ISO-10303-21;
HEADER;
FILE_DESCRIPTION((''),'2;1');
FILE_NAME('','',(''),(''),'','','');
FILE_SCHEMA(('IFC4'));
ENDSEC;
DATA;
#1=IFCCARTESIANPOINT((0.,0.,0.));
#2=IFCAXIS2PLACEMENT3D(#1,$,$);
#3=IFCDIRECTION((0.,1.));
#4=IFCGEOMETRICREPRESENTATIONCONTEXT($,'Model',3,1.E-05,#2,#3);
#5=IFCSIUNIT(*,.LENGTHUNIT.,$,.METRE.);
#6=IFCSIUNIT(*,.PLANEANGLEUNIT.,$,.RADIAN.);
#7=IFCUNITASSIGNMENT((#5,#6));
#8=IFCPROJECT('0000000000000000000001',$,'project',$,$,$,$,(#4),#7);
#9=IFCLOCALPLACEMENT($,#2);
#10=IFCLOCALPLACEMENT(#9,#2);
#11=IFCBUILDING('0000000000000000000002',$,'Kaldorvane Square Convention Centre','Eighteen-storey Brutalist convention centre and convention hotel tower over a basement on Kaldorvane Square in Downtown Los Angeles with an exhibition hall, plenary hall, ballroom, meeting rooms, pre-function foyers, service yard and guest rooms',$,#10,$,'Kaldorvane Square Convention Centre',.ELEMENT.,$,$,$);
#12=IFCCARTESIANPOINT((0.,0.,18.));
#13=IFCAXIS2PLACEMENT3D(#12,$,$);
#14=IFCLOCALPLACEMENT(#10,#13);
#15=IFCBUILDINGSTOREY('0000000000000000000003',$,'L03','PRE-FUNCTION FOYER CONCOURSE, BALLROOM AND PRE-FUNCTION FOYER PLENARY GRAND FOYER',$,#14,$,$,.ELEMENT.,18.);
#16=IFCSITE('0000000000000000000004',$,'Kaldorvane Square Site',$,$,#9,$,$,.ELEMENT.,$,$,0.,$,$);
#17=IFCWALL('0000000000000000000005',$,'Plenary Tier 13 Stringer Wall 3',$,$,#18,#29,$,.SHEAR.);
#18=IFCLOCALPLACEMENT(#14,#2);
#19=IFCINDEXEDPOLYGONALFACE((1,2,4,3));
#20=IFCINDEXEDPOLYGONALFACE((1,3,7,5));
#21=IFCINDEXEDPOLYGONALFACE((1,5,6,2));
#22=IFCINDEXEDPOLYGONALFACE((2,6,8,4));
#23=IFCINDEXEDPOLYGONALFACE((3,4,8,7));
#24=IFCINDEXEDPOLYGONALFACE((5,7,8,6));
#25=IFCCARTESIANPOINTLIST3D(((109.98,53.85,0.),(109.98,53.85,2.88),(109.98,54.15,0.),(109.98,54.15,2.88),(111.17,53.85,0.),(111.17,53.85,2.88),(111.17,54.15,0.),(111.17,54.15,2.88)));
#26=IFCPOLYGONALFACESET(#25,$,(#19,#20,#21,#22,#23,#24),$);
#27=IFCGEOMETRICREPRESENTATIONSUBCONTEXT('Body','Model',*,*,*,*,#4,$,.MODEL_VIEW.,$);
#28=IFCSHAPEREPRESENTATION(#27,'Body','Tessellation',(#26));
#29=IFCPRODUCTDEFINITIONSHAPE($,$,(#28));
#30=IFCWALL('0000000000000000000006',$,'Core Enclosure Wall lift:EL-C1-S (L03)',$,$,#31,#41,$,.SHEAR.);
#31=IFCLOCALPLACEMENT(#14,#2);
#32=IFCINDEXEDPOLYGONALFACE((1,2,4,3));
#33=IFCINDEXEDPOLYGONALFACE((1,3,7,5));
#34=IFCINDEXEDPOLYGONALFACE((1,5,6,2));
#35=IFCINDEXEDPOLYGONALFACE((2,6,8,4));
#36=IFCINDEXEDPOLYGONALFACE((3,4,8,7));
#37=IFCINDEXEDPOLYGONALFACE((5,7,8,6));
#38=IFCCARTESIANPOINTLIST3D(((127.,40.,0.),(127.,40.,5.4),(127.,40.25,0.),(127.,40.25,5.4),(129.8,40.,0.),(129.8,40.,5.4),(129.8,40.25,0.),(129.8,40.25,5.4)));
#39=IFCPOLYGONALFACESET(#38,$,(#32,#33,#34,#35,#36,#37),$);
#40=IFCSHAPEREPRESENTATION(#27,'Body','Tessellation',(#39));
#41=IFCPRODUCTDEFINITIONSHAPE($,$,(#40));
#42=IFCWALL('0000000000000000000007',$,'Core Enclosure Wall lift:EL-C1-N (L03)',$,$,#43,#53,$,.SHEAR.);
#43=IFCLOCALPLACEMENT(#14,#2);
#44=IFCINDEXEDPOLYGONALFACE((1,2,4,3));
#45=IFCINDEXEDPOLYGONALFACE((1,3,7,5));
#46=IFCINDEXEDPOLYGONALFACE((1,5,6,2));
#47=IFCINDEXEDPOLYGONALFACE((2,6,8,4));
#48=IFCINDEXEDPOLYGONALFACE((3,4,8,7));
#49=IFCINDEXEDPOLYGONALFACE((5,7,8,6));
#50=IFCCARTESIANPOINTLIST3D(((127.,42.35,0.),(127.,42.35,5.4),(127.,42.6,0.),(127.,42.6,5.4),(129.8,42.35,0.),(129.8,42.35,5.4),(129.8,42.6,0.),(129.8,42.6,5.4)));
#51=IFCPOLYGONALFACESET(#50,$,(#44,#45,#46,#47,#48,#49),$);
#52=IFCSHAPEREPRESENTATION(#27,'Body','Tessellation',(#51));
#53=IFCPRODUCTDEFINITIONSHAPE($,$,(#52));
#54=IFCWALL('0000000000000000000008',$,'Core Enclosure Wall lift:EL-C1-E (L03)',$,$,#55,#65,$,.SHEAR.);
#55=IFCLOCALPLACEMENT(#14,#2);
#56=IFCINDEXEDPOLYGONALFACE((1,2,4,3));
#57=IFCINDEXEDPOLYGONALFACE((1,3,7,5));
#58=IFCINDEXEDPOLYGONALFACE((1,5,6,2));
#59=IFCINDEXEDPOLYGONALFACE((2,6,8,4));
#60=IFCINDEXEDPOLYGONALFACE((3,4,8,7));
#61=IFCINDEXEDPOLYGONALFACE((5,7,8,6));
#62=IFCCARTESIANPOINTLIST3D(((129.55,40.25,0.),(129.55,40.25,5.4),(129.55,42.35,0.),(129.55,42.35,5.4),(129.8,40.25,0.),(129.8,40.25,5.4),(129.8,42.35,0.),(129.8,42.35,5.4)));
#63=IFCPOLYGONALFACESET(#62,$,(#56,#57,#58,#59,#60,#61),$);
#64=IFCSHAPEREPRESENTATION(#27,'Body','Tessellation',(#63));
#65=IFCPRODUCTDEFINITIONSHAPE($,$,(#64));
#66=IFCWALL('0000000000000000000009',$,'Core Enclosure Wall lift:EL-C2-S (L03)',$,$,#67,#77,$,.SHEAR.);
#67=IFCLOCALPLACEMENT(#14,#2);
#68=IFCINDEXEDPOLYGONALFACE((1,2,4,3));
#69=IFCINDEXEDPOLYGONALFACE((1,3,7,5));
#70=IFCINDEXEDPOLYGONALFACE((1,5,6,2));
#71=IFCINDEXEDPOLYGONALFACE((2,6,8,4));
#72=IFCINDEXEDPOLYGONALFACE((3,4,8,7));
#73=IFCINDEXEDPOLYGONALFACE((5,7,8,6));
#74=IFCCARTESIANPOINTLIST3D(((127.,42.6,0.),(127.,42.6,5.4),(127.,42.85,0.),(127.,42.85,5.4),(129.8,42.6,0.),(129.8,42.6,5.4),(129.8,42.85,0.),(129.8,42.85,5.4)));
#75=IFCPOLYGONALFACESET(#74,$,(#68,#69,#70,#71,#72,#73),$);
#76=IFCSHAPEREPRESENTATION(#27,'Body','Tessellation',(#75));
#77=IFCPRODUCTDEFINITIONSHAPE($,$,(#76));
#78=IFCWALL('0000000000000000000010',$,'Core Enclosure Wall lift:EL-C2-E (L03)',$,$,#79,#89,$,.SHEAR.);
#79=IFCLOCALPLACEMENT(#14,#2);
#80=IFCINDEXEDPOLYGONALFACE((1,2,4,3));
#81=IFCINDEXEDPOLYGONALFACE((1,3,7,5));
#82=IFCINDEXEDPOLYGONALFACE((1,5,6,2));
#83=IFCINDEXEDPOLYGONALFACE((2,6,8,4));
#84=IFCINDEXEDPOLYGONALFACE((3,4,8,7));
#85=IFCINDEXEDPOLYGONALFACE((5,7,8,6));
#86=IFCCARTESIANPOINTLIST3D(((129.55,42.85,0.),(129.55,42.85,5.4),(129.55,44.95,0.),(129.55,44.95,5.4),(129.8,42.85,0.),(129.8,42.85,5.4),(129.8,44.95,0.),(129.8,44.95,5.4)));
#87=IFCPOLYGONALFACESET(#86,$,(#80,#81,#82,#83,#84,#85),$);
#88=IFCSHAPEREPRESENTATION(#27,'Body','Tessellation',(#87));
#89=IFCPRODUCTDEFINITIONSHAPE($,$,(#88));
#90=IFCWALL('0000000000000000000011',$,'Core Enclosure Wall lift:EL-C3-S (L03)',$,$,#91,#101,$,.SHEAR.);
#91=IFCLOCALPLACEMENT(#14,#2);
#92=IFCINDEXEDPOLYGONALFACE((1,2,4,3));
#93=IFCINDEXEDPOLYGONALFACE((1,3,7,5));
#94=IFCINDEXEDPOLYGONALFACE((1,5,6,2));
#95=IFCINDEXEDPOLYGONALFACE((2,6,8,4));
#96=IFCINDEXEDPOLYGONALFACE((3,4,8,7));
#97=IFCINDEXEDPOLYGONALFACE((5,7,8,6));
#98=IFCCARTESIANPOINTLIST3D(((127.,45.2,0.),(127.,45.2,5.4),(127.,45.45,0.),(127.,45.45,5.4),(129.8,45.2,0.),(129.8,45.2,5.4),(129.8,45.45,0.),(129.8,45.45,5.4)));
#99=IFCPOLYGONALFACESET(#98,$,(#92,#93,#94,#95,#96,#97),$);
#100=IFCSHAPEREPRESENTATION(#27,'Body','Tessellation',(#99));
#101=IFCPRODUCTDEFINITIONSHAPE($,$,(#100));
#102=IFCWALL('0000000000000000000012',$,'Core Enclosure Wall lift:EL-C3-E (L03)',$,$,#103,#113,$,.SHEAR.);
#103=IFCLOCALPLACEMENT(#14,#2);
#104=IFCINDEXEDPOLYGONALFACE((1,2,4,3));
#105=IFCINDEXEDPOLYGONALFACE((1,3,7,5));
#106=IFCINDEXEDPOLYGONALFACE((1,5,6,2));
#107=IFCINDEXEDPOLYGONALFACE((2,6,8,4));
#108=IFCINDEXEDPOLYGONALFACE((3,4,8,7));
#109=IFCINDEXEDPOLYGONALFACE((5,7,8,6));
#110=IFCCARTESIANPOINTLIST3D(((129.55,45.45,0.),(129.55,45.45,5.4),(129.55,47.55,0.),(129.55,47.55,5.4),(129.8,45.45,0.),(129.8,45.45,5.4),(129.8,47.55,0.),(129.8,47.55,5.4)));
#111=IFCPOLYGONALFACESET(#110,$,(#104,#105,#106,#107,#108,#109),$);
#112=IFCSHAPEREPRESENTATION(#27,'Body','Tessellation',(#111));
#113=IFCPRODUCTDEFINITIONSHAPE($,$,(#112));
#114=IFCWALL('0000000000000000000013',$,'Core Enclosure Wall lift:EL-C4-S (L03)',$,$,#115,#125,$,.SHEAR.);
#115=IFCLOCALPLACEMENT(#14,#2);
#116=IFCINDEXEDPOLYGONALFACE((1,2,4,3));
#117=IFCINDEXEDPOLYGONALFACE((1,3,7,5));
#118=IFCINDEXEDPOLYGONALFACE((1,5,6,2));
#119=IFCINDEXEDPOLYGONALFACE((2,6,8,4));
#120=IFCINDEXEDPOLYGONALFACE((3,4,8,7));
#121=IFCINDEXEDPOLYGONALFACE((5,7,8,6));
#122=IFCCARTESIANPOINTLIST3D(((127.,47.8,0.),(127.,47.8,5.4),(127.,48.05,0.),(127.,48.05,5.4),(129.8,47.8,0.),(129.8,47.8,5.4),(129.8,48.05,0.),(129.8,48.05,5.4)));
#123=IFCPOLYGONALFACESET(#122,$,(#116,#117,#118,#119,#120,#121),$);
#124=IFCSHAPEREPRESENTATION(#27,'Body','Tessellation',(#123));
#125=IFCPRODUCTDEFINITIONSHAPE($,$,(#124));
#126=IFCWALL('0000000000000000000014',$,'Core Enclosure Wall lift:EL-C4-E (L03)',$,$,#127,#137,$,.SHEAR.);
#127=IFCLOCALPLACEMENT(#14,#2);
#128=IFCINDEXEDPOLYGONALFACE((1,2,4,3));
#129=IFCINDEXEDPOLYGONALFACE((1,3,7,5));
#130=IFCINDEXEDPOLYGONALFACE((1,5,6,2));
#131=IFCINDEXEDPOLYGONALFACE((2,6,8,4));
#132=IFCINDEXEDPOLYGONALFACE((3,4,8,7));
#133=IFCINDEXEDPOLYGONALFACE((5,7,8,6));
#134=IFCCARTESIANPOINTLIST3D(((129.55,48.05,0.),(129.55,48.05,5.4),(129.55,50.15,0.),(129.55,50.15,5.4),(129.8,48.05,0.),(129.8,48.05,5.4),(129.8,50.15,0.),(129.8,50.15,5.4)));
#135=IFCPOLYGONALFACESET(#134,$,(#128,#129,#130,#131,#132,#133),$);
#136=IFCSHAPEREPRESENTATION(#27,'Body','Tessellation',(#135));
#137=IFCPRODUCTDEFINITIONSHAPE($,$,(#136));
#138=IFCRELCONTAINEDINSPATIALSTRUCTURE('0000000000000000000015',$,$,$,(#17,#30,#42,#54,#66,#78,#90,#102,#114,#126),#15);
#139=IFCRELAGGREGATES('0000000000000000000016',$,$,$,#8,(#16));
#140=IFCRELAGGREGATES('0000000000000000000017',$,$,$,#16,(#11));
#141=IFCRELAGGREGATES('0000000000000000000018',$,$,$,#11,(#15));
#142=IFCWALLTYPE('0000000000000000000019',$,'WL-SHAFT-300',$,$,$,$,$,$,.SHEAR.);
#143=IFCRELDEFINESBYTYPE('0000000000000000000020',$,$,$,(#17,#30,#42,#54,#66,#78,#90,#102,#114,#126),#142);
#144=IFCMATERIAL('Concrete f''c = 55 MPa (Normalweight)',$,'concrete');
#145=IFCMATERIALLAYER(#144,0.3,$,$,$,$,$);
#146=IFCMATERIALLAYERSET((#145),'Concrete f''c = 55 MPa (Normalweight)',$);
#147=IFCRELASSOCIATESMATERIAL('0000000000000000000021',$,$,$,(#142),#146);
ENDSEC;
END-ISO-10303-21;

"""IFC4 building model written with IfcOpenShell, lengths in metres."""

from ifc_helpers import new_model, si_unit, direction, frame, frame_2d, origin, place, context, subcontext, project, spatial, rectangle, extrude, material, layer, layer_set, type_object, element, save


model = new_model("IFC4")

# Units and contexts
model_context = context("Model", 3, precision=1e-05, world=origin(), true_north=direction((0.0, 1.0)))
body_context = subcontext(model_context, "Body", "Model", "MODEL_VIEW")
ifc_project = project(units=[si_unit("LENGTHUNIT", "METRE"), si_unit("PLANEANGLEUNIT", "RADIAN")], contexts=[model_context])

# Site, building, storey
site_placement = place(None, origin())
site = spatial("IfcSite", under=ifc_project, at=site_placement, Name="Kaldorvane Square Site", CompositionType="ELEMENT", RefElevation=0.0)
building_placement = place(site_placement, origin())
building = spatial("IfcBuilding", under=site, at=building_placement, Name="Kaldorvane Square Convention Centre", Description="Eighteen-storey Brutalist convention centre and convention hotel tower over a basement on Kaldorvane Square in Downtown Los Angeles with an exhibition hall, plenary hall, ballroom, meeting rooms, pre-function foyers, service yard and guest rooms", LongName="Kaldorvane Square Convention Centre", CompositionType="ELEMENT")
storey_placement = place(building_placement, frame((0.0, 0.0, 18.0)))
storey = spatial("IfcBuildingStorey", under=building, at=storey_placement, Name="L03", Description="PRE-FUNCTION FOYER CONCOURSE, BALLROOM AND PRE-FUNCTION FOYER PLENARY GRAND FOYER", CompositionType="ELEMENT", Elevation=18.0)

# Walls
ifc_material_1 = material(Name="Concrete f'c = 55 MPa (Normalweight)", Category="concrete")
ifc_layer = layer(ifc_material_1, 0.3)
ifc_layer_set = layer_set([ifc_layer], Name="Concrete f'c = 55 MPa (Normalweight)")
wall_type = type_object("IfcWallType", Name="WL-SHAFT-300", PredefinedType="SHEAR", material=ifc_layer_set)
wall_1_placement = place(storey_placement, frame((109.98, 54.0, 0.0), z_axis=(0.0, 0.0, 1.0), x_axis=(1.0, 0.0, 0.0)))
element("IfcWall", 1, at=wall_1_placement, inside=storey, type_object=wall_type, Name="Plenary Tier 13 Stringer Wall 3", PredefinedType="SHEAR", context=body_context, shape_type="SweptSolid", body=[
    extrude(rectangle(XDim=1.19, YDim=0.3, at=frame_2d((0.595, 0.0))), origin(), (0.0, 0.0, 1.0), 2.88),
])
for number, where, z_axis, x_axis, name in (
    (2, (127.0, 40.125, 0.0), (0.0, 0.0, 1.0), (1.0, 0.0, 0.0), "Core Enclosure Wall lift:EL-C1-S (L03)"),
    (3, (129.8, 42.475, 0.0), (0.0, 0.0, 1.0), (-1.0, 0.0, 0.0), "Core Enclosure Wall lift:EL-C1-N (L03)"),
):
    element("IfcWall", number, at=place(storey_placement, frame(where, z_axis=z_axis, x_axis=x_axis)), inside=storey, type_object=wall_type, Name=name, PredefinedType="SHEAR", context=body_context, shape_type="SweptSolid", body=[
        extrude(rectangle(XDim=2.8, YDim=0.25, at=frame_2d((1.4, 0.0))), origin(), (0.0, 0.0, 1.0), 5.4),
    ])

# Walls
wall_2_placement = place(storey_placement, frame((129.675, 40.25, 0.0), z_axis=(0.0, 0.0, 1.0), x_axis=(0.0, 1.0, 0.0)))
element("IfcWall", 4, at=wall_2_placement, inside=storey, type_object=wall_type, Name="Core Enclosure Wall lift:EL-C1-E (L03)", PredefinedType="SHEAR", context=body_context, shape_type="SweptSolid", body=[
    extrude(rectangle(XDim=2.1, YDim=0.25, at=frame_2d((1.05, 0.0))), origin(), (0.0, 0.0, 1.0), 5.4),
])
wall_3_placement = place(storey_placement, frame((127.0, 42.725, 0.0), z_axis=(0.0, 0.0, 1.0), x_axis=(1.0, 0.0, 0.0)))
element("IfcWall", 5, at=wall_3_placement, inside=storey, type_object=wall_type, Name="Core Enclosure Wall lift:EL-C2-S (L03)", PredefinedType="SHEAR", context=body_context, shape_type="SweptSolid", body=[
    extrude(rectangle(XDim=2.8, YDim=0.25, at=frame_2d((1.4, 0.0))), origin(), (0.0, 0.0, 1.0), 5.4),
])

# Walls
wall_4_placement = place(storey_placement, frame((129.675, 42.85, 0.0), z_axis=(0.0, 0.0, 1.0), x_axis=(0.0, 1.0, 0.0)))
element("IfcWall", 6, at=wall_4_placement, inside=storey, type_object=wall_type, Name="Core Enclosure Wall lift:EL-C2-E (L03)", PredefinedType="SHEAR", context=body_context, shape_type="SweptSolid", body=[
    extrude(rectangle(XDim=2.1, YDim=0.25, at=frame_2d((1.05, 0.0))), origin(), (0.0, 0.0, 1.0), 5.4),
])
wall_5_placement = place(storey_placement, frame((127.0, 45.325, 0.0), z_axis=(0.0, 0.0, 1.0), x_axis=(1.0, 0.0, 0.0)))
element("IfcWall", 7, at=wall_5_placement, inside=storey, type_object=wall_type, Name="Core Enclosure Wall lift:EL-C3-S (L03)", PredefinedType="SHEAR", context=body_context, shape_type="SweptSolid", body=[
    extrude(rectangle(XDim=2.8, YDim=0.25, at=frame_2d((1.4, 0.0))), origin(), (0.0, 0.0, 1.0), 5.4),
])

# Walls
wall_6_placement = place(storey_placement, frame((129.675, 45.45, 0.0), z_axis=(0.0, 0.0, 1.0), x_axis=(0.0, 1.0, 0.0)))
element("IfcWall", 8, at=wall_6_placement, inside=storey, type_object=wall_type, Name="Core Enclosure Wall lift:EL-C3-E (L03)", PredefinedType="SHEAR", context=body_context, shape_type="SweptSolid", body=[
    extrude(rectangle(XDim=2.1, YDim=0.25, at=frame_2d((1.05, 0.0))), origin(), (0.0, 0.0, 1.0), 5.4),
])
wall_7_placement = place(storey_placement, frame((127.0, 47.925, 0.0), z_axis=(0.0, 0.0, 1.0), x_axis=(1.0, 0.0, 0.0)))
element("IfcWall", 9, at=wall_7_placement, inside=storey, type_object=wall_type, Name="Core Enclosure Wall lift:EL-C4-S (L03)", PredefinedType="SHEAR", context=body_context, shape_type="SweptSolid", body=[
    extrude(rectangle(XDim=2.8, YDim=0.25, at=frame_2d((1.4, 0.0))), origin(), (0.0, 0.0, 1.0), 5.4),
])

# Wall
wall_8_placement = place(storey_placement, frame((129.675, 48.05, 0.0), z_axis=(0.0, 0.0, 1.0), x_axis=(0.0, 1.0, 0.0)))
element("IfcWall", 10, at=wall_8_placement, inside=storey, type_object=wall_type, Name="Core Enclosure Wall lift:EL-C4-E (L03)", PredefinedType="SHEAR", context=body_context, shape_type="SweptSolid", body=[
    extrude(rectangle(XDim=2.1, YDim=0.25, at=frame_2d((1.05, 0.0))), origin(), (0.0, 0.0, 1.0), 5.4),
])

save(model, "model.ifc")
